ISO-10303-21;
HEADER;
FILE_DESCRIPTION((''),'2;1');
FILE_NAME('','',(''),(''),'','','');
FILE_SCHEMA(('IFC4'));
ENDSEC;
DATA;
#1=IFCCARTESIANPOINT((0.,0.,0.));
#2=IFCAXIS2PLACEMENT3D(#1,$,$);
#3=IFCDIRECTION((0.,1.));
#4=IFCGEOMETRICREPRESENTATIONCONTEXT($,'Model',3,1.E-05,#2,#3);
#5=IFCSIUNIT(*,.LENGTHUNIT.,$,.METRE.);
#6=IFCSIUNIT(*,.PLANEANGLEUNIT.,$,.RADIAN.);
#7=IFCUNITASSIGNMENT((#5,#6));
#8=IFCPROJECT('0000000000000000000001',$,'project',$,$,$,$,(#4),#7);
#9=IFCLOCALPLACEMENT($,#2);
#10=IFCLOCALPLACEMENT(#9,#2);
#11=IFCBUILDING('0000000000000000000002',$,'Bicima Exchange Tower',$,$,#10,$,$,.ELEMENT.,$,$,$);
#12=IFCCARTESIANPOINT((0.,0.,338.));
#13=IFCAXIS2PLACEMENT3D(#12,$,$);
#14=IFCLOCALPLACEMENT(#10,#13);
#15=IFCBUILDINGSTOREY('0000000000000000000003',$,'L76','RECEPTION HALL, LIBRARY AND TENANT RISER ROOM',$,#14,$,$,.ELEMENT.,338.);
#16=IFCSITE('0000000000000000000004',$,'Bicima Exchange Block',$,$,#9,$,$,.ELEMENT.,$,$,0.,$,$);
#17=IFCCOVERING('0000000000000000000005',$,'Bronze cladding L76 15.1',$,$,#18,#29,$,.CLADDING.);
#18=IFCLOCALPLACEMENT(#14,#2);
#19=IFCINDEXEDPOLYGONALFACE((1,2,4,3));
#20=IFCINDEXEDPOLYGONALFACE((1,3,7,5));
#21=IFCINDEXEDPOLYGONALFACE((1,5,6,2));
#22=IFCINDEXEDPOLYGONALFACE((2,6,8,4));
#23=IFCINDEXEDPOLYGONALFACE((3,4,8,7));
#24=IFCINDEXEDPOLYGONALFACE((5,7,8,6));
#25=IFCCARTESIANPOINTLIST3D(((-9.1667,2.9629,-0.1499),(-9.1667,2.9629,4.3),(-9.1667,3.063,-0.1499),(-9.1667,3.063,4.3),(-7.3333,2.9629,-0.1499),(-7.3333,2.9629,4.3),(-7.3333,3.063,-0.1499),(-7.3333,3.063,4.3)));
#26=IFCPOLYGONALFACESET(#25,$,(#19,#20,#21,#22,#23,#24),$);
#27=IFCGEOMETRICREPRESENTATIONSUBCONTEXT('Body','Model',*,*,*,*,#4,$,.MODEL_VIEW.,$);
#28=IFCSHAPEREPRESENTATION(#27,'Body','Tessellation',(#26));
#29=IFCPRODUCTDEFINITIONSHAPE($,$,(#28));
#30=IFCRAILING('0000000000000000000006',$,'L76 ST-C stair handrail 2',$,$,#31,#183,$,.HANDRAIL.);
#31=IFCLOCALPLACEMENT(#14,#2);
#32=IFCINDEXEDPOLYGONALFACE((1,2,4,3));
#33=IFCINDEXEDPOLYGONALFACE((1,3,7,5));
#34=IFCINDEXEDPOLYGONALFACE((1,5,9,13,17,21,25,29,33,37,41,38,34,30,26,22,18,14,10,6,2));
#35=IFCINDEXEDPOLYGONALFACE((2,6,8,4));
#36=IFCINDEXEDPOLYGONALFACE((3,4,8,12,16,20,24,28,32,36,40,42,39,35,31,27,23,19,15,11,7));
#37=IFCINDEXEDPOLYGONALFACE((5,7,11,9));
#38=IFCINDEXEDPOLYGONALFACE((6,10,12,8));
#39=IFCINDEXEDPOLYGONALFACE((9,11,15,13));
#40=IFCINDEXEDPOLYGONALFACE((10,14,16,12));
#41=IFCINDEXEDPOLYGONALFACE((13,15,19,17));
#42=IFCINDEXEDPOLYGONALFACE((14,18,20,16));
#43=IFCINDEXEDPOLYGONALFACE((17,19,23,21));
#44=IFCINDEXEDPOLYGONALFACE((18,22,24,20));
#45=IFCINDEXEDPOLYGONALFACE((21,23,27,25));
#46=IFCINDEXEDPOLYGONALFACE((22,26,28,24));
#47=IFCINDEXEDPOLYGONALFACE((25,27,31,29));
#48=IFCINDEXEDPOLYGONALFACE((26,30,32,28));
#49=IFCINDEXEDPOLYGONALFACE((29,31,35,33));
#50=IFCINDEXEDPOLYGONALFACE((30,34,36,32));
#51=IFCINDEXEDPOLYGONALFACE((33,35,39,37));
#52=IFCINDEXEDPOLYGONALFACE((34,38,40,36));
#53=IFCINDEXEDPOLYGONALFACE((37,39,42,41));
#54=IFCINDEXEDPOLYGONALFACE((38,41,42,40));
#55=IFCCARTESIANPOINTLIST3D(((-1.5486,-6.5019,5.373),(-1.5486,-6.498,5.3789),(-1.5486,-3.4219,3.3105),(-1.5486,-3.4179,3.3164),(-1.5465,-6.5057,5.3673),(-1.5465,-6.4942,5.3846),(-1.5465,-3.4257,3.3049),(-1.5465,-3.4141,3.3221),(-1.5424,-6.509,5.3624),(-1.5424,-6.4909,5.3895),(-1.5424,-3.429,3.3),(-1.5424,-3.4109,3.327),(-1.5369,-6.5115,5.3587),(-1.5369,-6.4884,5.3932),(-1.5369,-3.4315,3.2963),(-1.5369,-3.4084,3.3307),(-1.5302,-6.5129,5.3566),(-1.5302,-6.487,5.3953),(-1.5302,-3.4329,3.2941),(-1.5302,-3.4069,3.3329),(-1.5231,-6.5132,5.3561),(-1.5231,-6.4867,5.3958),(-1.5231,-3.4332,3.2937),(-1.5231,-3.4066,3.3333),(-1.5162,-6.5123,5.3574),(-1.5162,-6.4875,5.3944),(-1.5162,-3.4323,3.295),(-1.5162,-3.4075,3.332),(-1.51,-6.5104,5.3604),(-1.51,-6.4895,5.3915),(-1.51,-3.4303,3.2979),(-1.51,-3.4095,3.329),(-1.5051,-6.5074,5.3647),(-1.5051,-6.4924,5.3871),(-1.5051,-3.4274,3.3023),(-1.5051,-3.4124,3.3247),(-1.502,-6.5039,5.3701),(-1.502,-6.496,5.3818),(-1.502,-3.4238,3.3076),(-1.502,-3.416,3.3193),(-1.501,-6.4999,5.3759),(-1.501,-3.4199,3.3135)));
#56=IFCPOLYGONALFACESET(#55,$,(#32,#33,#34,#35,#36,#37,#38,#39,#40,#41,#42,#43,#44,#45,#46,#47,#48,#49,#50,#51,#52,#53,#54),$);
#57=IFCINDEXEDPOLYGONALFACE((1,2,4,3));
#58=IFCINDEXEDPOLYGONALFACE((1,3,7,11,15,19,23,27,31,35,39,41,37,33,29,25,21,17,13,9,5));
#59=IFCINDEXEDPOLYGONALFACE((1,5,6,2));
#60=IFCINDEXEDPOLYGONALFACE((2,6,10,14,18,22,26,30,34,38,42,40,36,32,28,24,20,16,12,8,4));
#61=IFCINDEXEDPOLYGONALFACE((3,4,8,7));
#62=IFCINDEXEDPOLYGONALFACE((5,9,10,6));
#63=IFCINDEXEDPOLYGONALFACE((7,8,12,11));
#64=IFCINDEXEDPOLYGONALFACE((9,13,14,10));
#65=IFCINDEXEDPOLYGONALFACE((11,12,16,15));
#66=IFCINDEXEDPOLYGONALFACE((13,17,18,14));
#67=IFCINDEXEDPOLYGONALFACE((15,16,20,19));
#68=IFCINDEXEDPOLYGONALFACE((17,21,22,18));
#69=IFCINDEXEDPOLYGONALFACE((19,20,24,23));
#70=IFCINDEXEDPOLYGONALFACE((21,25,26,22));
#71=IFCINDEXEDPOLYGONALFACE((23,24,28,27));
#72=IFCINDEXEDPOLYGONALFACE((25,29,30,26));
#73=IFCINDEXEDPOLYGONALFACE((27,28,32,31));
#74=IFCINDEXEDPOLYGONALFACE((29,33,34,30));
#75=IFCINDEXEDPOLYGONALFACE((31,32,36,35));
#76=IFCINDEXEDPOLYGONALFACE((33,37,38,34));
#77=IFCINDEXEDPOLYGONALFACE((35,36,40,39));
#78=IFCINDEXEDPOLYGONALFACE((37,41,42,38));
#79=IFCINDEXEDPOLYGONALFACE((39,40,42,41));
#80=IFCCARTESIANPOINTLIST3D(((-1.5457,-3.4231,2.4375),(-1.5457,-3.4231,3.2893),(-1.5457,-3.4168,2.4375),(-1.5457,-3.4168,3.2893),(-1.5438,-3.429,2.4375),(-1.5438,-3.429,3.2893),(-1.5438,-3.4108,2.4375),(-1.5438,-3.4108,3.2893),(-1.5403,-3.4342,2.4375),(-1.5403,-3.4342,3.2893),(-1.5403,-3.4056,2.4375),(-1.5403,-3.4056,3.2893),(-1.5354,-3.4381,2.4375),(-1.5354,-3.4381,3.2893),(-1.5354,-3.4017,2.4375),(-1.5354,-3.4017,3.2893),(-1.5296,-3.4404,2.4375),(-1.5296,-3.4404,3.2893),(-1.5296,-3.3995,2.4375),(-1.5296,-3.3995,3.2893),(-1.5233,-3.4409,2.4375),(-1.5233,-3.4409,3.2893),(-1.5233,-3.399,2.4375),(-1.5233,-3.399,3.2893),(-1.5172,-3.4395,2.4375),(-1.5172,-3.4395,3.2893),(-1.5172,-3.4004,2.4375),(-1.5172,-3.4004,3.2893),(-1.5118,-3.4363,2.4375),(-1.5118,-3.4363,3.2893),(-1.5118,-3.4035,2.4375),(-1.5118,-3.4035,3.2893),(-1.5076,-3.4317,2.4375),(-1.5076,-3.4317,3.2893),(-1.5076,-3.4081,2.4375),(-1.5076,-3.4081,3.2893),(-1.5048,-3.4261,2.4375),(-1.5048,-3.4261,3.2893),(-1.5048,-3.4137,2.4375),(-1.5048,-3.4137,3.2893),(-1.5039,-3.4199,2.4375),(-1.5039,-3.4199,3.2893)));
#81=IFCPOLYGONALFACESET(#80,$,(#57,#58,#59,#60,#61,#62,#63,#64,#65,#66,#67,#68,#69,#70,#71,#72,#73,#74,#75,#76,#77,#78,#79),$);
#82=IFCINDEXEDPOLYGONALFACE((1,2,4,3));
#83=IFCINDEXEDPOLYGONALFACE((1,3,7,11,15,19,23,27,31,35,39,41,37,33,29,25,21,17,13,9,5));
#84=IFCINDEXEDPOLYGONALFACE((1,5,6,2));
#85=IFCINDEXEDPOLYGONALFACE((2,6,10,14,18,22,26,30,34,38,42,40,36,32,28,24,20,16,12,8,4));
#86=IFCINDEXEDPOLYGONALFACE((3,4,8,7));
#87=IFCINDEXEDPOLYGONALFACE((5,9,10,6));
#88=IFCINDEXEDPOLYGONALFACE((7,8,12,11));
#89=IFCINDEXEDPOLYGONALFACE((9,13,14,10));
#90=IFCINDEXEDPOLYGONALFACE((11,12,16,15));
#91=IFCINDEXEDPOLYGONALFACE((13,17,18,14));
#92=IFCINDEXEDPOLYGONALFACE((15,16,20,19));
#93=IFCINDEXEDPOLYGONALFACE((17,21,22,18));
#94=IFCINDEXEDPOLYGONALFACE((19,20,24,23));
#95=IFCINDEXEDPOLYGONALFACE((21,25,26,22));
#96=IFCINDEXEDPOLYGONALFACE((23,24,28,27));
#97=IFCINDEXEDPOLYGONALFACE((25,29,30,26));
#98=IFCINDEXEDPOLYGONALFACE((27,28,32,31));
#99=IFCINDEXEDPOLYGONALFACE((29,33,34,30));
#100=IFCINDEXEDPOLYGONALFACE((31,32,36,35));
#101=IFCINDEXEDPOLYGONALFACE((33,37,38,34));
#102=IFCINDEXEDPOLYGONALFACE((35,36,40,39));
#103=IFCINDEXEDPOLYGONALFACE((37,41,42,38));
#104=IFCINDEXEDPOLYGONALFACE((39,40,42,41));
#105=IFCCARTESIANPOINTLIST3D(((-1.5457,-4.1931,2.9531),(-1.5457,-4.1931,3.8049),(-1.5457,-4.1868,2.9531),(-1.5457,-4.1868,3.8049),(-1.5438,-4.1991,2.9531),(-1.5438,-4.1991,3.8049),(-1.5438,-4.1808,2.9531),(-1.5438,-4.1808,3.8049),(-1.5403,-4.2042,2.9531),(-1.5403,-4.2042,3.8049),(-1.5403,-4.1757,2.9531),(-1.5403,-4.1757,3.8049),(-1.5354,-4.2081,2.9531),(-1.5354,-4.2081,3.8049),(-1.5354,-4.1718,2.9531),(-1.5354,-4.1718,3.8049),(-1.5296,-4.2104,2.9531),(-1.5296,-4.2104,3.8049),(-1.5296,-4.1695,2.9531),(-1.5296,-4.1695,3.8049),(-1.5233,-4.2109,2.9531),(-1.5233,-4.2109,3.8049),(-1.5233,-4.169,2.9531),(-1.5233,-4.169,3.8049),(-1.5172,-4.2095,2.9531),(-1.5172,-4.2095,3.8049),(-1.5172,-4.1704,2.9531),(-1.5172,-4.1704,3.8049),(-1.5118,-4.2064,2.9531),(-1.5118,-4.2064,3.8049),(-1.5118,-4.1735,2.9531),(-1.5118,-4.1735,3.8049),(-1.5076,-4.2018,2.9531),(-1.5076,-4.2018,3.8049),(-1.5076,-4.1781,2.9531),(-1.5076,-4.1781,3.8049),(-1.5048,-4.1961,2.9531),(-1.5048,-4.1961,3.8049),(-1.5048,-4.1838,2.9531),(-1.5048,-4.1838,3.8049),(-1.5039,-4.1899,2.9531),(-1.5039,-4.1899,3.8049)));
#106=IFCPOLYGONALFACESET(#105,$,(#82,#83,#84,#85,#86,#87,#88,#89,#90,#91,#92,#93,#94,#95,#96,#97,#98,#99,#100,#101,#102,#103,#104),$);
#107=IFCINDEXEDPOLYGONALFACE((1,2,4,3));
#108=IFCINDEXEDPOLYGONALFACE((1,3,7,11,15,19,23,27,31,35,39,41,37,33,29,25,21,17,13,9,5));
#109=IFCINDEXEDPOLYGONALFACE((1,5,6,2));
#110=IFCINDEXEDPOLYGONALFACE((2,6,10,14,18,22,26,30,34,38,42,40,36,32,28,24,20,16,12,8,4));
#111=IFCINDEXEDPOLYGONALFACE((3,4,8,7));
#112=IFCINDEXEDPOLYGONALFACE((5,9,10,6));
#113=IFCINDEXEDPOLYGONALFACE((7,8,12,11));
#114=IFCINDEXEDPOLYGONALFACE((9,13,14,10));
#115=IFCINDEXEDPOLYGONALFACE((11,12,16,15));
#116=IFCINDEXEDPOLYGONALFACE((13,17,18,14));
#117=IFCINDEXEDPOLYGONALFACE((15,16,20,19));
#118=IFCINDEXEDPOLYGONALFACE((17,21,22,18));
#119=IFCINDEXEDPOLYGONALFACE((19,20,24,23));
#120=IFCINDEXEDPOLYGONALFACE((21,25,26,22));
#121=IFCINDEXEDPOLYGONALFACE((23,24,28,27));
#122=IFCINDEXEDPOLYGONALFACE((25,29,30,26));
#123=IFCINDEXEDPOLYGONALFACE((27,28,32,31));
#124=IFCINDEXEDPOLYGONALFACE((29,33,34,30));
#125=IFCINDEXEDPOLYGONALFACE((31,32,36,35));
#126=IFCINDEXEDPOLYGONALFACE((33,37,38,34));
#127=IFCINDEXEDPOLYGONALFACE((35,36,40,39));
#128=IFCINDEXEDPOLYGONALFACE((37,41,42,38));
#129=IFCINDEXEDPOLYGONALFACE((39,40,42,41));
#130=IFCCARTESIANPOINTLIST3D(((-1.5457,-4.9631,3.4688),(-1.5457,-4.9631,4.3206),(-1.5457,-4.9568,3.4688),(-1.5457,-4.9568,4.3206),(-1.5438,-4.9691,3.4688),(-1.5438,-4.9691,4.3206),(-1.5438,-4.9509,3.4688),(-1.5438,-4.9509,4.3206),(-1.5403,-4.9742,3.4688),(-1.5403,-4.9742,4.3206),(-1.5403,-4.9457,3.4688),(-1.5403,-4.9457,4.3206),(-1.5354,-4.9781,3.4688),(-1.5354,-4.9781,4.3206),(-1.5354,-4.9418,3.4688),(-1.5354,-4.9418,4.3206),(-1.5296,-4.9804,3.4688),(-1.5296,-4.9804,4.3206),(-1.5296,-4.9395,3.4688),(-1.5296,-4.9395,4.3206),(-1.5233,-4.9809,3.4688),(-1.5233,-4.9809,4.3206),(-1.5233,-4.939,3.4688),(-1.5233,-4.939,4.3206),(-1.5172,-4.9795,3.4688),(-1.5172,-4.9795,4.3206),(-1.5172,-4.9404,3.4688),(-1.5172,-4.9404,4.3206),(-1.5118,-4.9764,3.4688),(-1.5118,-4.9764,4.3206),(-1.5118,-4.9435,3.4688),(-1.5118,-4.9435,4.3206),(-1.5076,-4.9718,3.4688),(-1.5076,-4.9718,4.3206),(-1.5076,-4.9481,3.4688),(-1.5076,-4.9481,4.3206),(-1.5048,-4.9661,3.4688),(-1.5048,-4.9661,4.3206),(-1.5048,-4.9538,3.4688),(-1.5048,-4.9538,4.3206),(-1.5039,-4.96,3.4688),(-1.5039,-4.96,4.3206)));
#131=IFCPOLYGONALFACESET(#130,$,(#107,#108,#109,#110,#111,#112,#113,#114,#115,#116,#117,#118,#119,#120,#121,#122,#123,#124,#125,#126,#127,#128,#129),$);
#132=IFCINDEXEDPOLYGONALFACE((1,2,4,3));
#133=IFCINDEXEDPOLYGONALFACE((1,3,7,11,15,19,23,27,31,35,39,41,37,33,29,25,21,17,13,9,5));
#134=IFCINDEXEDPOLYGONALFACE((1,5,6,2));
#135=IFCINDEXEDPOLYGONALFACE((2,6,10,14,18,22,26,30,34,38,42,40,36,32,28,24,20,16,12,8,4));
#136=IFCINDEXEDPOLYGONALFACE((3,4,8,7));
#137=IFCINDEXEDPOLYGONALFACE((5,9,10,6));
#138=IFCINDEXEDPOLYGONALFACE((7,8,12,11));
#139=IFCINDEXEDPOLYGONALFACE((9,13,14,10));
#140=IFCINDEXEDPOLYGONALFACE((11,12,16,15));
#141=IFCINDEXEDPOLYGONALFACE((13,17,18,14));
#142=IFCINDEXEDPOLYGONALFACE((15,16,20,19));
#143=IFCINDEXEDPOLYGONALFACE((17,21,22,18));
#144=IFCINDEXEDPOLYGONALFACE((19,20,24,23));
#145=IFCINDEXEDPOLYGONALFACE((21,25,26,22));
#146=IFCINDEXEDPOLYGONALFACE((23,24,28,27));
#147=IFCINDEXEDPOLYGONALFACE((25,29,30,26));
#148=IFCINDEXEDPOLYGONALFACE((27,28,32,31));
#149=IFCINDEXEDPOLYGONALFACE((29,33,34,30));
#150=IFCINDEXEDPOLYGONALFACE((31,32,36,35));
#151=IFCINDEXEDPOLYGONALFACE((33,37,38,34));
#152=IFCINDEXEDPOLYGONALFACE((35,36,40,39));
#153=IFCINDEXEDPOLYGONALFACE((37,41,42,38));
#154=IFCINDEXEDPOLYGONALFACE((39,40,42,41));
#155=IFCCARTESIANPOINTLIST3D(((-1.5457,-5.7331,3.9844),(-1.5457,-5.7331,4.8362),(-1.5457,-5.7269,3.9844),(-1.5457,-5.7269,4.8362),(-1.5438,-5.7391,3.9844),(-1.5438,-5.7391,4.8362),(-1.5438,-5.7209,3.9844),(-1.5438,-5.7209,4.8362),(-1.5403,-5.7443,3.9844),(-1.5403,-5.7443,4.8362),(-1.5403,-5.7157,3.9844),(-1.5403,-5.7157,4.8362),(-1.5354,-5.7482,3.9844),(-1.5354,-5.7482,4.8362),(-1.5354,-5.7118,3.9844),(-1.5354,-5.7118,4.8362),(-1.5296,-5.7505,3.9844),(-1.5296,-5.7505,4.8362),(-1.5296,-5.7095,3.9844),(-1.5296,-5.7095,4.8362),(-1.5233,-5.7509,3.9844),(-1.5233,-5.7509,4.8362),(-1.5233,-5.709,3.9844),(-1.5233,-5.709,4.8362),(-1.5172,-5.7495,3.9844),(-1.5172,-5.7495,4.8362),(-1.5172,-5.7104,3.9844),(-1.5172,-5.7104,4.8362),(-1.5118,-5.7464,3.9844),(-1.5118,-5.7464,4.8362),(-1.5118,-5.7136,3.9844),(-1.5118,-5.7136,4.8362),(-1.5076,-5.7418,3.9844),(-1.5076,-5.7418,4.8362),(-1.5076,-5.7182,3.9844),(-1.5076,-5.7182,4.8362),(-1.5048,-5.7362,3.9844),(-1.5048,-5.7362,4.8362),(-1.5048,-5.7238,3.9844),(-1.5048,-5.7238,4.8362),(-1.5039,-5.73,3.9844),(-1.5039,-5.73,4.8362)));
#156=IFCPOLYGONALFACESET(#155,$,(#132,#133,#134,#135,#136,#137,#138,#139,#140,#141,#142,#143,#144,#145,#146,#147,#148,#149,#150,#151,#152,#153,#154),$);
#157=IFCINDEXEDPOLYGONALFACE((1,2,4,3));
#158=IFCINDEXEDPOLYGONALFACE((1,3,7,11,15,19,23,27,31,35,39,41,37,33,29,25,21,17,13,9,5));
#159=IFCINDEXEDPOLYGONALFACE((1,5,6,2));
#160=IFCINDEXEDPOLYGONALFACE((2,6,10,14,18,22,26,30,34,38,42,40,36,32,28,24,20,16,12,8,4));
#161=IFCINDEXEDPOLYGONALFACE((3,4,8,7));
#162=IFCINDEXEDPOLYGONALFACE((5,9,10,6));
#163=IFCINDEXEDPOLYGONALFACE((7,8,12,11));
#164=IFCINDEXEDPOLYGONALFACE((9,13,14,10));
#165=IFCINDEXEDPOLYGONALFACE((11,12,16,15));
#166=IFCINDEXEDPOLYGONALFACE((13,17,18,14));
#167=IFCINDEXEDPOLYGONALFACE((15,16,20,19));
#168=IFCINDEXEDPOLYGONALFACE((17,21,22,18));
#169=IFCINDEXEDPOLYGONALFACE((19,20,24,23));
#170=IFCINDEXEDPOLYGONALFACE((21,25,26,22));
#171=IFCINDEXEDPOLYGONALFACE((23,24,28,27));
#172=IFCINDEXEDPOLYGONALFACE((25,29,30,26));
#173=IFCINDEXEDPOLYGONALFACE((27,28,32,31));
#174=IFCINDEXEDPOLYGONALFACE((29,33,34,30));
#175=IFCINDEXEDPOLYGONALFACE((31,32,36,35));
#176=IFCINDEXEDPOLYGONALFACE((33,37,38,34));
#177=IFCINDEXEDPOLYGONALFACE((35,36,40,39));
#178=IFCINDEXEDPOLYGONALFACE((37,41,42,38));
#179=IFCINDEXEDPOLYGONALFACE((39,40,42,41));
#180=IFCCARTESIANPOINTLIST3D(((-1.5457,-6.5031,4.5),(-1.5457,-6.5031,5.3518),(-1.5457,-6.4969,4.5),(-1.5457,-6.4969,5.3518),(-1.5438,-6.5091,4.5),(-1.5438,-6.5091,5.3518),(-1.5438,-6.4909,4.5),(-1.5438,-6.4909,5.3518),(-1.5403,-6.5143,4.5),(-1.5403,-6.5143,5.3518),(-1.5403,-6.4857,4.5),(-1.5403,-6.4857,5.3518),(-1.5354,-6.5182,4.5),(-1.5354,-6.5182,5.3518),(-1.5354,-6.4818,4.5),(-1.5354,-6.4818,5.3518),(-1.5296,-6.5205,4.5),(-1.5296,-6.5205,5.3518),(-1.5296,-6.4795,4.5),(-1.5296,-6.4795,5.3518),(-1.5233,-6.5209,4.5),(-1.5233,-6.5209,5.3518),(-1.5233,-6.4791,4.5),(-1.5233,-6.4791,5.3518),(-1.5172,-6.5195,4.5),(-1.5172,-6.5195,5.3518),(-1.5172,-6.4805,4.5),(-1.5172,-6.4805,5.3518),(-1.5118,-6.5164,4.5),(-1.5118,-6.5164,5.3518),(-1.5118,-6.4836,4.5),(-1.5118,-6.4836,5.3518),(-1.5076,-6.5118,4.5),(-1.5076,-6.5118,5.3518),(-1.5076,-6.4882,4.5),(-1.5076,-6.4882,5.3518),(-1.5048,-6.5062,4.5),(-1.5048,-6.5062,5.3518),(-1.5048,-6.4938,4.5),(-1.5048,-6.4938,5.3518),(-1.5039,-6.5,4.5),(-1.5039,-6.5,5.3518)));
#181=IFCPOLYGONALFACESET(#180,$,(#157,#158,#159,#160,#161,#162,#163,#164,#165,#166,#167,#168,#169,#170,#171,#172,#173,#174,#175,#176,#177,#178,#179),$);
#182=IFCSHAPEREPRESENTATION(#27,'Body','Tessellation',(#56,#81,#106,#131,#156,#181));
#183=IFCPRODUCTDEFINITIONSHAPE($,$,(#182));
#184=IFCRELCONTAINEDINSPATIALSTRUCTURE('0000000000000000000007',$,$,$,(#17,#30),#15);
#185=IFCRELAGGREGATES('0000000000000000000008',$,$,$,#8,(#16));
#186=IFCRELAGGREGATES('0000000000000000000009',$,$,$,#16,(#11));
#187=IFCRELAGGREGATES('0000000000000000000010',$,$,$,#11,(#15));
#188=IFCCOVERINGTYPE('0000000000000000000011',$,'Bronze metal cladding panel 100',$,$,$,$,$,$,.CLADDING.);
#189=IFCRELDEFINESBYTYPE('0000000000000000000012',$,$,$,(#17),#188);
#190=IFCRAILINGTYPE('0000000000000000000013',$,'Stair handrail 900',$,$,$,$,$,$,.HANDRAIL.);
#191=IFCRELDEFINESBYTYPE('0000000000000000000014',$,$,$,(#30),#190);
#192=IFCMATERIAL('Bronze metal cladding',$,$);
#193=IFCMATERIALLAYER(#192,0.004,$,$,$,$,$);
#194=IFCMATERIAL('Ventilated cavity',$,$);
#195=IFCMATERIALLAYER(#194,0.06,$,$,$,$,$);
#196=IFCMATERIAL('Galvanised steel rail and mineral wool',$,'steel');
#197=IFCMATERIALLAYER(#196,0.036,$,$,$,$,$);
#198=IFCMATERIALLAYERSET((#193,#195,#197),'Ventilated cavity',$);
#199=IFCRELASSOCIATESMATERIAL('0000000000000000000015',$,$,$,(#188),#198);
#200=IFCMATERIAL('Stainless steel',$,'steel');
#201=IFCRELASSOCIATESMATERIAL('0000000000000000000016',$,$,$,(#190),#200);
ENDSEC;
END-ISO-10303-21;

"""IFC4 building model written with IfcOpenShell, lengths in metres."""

from ifc_helpers import new_model, si_unit, direction, frame, origin, origin_2d, place, context, subcontext, project, spatial, rectangle, circle, extrude, material, layer, layer_set, type_object, element, save


model = new_model("IFC4")

# Units and contexts
model_context = context("Model", 3, precision=1e-05, world=origin(), true_north=direction((0.0, 1.0)))
body_context = subcontext(model_context, "Body", "Model", "MODEL_VIEW")
ifc_project = project(units=[si_unit("LENGTHUNIT", "METRE"), si_unit("PLANEANGLEUNIT", "RADIAN")], contexts=[model_context])

# Site, building, storey
site_placement = place(None, origin())
site = spatial("IfcSite", under=ifc_project, at=site_placement, Name="Bicima Exchange Block", CompositionType="ELEMENT", RefElevation=0.0)
building_placement = place(site_placement, origin())
building = spatial("IfcBuilding", under=site, at=building_placement, Name="Bicima Exchange Tower", CompositionType="ELEMENT")
storey_placement = place(building_placement, frame((0.0, 0.0, 338.0)))
storey = spatial("IfcBuildingStorey", under=building, at=storey_placement, Name="L76", Description="RECEPTION HALL, LIBRARY AND TENANT RISER ROOM", CompositionType="ELEMENT", Elevation=338.0)

# Covering
ifc_material_1 = material(Name="Bronze metal cladding")
ifc_layer_1 = layer(ifc_material_1, 0.004)
ifc_material_2 = material(Name="Ventilated cavity")
ifc_layer_2 = layer(ifc_material_2, 0.06)
ifc_material_3 = material(Name="Galvanised steel rail and mineral wool", Category="steel")
ifc_layer_3 = layer(ifc_material_3, 0.036)
ifc_layer_set_1 = layer_set([ifc_layer_1, ifc_layer_2, ifc_layer_3], Name="Ventilated cavity")
covering_type = type_object("IfcCoveringType", Name="Bronze metal cladding panel 100", PredefinedType="CLADDING", material=ifc_layer_set_1)
covering_1_placement = place(storey_placement, frame((-8.25, 3.0129, -0.1499), z_axis=(0.0, 0.0, 1.0), x_axis=(-1.0, 0.0, 0.0)))
element("IfcCovering", 1, at=covering_1_placement, inside=storey, type_object=covering_type, Name="Bronze cladding L76 15.1", PredefinedType="CLADDING", context=body_context, shape_type="SweptSolid", body=[
    extrude(rectangle(XDim=1.8335, YDim=0.1001, at=origin_2d()), origin(), (0.0, 0.0, 1.0), 4.45),
])

# Railing
ifc_material_4 = material(Name="Stainless steel", Category="steel")
railing_type = type_object("IfcRailingType", Name="Stair handrail 900", PredefinedType="HANDRAIL", material=ifc_material_4)
railing_placement = place(storey_placement, frame((-1.5249, -3.4199, 2.4375)))
element("IfcRailing", 2, at=railing_placement, inside=storey, type_object=railing_type, Name="L76 ST-C stair handrail 2", PredefinedType="HANDRAIL", context=body_context, shape_type="SweptSolid", body=[
    extrude(circle(Radius=0.0239, at=origin_2d()), frame((0.0, 0.0, 0.876), z_axis=(0.0, -0.830914, 0.556401), x_axis=(1.0, 0.0, 0.0)), (0.0, 0.0, 1.0), 3.7068),
    extrude(circle(Radius=0.021, at=origin_2d()), origin(), (0.0, 0.0, 1.0), 0.8518),
    extrude(circle(Radius=0.021, at=origin_2d()), frame((0.0, -0.77, 0.5156)), (0.0, 0.0, 1.0), 0.8518),
    extrude(circle(Radius=0.021, at=origin_2d()), frame((0.0, -1.54, 1.0312)), (0.0, 0.0, 1.0), 0.8518),
    extrude(circle(Radius=0.021, at=origin_2d()), frame((0.0, -2.3101, 1.5469)), (0.0, 0.0, 1.0), 0.8518),
    extrude(circle(Radius=0.021, at=origin_2d()), frame((0.0, -3.0801, 2.0625)), (0.0, 0.0, 1.0), 0.8518),
])

save(model, "model.ifc")
